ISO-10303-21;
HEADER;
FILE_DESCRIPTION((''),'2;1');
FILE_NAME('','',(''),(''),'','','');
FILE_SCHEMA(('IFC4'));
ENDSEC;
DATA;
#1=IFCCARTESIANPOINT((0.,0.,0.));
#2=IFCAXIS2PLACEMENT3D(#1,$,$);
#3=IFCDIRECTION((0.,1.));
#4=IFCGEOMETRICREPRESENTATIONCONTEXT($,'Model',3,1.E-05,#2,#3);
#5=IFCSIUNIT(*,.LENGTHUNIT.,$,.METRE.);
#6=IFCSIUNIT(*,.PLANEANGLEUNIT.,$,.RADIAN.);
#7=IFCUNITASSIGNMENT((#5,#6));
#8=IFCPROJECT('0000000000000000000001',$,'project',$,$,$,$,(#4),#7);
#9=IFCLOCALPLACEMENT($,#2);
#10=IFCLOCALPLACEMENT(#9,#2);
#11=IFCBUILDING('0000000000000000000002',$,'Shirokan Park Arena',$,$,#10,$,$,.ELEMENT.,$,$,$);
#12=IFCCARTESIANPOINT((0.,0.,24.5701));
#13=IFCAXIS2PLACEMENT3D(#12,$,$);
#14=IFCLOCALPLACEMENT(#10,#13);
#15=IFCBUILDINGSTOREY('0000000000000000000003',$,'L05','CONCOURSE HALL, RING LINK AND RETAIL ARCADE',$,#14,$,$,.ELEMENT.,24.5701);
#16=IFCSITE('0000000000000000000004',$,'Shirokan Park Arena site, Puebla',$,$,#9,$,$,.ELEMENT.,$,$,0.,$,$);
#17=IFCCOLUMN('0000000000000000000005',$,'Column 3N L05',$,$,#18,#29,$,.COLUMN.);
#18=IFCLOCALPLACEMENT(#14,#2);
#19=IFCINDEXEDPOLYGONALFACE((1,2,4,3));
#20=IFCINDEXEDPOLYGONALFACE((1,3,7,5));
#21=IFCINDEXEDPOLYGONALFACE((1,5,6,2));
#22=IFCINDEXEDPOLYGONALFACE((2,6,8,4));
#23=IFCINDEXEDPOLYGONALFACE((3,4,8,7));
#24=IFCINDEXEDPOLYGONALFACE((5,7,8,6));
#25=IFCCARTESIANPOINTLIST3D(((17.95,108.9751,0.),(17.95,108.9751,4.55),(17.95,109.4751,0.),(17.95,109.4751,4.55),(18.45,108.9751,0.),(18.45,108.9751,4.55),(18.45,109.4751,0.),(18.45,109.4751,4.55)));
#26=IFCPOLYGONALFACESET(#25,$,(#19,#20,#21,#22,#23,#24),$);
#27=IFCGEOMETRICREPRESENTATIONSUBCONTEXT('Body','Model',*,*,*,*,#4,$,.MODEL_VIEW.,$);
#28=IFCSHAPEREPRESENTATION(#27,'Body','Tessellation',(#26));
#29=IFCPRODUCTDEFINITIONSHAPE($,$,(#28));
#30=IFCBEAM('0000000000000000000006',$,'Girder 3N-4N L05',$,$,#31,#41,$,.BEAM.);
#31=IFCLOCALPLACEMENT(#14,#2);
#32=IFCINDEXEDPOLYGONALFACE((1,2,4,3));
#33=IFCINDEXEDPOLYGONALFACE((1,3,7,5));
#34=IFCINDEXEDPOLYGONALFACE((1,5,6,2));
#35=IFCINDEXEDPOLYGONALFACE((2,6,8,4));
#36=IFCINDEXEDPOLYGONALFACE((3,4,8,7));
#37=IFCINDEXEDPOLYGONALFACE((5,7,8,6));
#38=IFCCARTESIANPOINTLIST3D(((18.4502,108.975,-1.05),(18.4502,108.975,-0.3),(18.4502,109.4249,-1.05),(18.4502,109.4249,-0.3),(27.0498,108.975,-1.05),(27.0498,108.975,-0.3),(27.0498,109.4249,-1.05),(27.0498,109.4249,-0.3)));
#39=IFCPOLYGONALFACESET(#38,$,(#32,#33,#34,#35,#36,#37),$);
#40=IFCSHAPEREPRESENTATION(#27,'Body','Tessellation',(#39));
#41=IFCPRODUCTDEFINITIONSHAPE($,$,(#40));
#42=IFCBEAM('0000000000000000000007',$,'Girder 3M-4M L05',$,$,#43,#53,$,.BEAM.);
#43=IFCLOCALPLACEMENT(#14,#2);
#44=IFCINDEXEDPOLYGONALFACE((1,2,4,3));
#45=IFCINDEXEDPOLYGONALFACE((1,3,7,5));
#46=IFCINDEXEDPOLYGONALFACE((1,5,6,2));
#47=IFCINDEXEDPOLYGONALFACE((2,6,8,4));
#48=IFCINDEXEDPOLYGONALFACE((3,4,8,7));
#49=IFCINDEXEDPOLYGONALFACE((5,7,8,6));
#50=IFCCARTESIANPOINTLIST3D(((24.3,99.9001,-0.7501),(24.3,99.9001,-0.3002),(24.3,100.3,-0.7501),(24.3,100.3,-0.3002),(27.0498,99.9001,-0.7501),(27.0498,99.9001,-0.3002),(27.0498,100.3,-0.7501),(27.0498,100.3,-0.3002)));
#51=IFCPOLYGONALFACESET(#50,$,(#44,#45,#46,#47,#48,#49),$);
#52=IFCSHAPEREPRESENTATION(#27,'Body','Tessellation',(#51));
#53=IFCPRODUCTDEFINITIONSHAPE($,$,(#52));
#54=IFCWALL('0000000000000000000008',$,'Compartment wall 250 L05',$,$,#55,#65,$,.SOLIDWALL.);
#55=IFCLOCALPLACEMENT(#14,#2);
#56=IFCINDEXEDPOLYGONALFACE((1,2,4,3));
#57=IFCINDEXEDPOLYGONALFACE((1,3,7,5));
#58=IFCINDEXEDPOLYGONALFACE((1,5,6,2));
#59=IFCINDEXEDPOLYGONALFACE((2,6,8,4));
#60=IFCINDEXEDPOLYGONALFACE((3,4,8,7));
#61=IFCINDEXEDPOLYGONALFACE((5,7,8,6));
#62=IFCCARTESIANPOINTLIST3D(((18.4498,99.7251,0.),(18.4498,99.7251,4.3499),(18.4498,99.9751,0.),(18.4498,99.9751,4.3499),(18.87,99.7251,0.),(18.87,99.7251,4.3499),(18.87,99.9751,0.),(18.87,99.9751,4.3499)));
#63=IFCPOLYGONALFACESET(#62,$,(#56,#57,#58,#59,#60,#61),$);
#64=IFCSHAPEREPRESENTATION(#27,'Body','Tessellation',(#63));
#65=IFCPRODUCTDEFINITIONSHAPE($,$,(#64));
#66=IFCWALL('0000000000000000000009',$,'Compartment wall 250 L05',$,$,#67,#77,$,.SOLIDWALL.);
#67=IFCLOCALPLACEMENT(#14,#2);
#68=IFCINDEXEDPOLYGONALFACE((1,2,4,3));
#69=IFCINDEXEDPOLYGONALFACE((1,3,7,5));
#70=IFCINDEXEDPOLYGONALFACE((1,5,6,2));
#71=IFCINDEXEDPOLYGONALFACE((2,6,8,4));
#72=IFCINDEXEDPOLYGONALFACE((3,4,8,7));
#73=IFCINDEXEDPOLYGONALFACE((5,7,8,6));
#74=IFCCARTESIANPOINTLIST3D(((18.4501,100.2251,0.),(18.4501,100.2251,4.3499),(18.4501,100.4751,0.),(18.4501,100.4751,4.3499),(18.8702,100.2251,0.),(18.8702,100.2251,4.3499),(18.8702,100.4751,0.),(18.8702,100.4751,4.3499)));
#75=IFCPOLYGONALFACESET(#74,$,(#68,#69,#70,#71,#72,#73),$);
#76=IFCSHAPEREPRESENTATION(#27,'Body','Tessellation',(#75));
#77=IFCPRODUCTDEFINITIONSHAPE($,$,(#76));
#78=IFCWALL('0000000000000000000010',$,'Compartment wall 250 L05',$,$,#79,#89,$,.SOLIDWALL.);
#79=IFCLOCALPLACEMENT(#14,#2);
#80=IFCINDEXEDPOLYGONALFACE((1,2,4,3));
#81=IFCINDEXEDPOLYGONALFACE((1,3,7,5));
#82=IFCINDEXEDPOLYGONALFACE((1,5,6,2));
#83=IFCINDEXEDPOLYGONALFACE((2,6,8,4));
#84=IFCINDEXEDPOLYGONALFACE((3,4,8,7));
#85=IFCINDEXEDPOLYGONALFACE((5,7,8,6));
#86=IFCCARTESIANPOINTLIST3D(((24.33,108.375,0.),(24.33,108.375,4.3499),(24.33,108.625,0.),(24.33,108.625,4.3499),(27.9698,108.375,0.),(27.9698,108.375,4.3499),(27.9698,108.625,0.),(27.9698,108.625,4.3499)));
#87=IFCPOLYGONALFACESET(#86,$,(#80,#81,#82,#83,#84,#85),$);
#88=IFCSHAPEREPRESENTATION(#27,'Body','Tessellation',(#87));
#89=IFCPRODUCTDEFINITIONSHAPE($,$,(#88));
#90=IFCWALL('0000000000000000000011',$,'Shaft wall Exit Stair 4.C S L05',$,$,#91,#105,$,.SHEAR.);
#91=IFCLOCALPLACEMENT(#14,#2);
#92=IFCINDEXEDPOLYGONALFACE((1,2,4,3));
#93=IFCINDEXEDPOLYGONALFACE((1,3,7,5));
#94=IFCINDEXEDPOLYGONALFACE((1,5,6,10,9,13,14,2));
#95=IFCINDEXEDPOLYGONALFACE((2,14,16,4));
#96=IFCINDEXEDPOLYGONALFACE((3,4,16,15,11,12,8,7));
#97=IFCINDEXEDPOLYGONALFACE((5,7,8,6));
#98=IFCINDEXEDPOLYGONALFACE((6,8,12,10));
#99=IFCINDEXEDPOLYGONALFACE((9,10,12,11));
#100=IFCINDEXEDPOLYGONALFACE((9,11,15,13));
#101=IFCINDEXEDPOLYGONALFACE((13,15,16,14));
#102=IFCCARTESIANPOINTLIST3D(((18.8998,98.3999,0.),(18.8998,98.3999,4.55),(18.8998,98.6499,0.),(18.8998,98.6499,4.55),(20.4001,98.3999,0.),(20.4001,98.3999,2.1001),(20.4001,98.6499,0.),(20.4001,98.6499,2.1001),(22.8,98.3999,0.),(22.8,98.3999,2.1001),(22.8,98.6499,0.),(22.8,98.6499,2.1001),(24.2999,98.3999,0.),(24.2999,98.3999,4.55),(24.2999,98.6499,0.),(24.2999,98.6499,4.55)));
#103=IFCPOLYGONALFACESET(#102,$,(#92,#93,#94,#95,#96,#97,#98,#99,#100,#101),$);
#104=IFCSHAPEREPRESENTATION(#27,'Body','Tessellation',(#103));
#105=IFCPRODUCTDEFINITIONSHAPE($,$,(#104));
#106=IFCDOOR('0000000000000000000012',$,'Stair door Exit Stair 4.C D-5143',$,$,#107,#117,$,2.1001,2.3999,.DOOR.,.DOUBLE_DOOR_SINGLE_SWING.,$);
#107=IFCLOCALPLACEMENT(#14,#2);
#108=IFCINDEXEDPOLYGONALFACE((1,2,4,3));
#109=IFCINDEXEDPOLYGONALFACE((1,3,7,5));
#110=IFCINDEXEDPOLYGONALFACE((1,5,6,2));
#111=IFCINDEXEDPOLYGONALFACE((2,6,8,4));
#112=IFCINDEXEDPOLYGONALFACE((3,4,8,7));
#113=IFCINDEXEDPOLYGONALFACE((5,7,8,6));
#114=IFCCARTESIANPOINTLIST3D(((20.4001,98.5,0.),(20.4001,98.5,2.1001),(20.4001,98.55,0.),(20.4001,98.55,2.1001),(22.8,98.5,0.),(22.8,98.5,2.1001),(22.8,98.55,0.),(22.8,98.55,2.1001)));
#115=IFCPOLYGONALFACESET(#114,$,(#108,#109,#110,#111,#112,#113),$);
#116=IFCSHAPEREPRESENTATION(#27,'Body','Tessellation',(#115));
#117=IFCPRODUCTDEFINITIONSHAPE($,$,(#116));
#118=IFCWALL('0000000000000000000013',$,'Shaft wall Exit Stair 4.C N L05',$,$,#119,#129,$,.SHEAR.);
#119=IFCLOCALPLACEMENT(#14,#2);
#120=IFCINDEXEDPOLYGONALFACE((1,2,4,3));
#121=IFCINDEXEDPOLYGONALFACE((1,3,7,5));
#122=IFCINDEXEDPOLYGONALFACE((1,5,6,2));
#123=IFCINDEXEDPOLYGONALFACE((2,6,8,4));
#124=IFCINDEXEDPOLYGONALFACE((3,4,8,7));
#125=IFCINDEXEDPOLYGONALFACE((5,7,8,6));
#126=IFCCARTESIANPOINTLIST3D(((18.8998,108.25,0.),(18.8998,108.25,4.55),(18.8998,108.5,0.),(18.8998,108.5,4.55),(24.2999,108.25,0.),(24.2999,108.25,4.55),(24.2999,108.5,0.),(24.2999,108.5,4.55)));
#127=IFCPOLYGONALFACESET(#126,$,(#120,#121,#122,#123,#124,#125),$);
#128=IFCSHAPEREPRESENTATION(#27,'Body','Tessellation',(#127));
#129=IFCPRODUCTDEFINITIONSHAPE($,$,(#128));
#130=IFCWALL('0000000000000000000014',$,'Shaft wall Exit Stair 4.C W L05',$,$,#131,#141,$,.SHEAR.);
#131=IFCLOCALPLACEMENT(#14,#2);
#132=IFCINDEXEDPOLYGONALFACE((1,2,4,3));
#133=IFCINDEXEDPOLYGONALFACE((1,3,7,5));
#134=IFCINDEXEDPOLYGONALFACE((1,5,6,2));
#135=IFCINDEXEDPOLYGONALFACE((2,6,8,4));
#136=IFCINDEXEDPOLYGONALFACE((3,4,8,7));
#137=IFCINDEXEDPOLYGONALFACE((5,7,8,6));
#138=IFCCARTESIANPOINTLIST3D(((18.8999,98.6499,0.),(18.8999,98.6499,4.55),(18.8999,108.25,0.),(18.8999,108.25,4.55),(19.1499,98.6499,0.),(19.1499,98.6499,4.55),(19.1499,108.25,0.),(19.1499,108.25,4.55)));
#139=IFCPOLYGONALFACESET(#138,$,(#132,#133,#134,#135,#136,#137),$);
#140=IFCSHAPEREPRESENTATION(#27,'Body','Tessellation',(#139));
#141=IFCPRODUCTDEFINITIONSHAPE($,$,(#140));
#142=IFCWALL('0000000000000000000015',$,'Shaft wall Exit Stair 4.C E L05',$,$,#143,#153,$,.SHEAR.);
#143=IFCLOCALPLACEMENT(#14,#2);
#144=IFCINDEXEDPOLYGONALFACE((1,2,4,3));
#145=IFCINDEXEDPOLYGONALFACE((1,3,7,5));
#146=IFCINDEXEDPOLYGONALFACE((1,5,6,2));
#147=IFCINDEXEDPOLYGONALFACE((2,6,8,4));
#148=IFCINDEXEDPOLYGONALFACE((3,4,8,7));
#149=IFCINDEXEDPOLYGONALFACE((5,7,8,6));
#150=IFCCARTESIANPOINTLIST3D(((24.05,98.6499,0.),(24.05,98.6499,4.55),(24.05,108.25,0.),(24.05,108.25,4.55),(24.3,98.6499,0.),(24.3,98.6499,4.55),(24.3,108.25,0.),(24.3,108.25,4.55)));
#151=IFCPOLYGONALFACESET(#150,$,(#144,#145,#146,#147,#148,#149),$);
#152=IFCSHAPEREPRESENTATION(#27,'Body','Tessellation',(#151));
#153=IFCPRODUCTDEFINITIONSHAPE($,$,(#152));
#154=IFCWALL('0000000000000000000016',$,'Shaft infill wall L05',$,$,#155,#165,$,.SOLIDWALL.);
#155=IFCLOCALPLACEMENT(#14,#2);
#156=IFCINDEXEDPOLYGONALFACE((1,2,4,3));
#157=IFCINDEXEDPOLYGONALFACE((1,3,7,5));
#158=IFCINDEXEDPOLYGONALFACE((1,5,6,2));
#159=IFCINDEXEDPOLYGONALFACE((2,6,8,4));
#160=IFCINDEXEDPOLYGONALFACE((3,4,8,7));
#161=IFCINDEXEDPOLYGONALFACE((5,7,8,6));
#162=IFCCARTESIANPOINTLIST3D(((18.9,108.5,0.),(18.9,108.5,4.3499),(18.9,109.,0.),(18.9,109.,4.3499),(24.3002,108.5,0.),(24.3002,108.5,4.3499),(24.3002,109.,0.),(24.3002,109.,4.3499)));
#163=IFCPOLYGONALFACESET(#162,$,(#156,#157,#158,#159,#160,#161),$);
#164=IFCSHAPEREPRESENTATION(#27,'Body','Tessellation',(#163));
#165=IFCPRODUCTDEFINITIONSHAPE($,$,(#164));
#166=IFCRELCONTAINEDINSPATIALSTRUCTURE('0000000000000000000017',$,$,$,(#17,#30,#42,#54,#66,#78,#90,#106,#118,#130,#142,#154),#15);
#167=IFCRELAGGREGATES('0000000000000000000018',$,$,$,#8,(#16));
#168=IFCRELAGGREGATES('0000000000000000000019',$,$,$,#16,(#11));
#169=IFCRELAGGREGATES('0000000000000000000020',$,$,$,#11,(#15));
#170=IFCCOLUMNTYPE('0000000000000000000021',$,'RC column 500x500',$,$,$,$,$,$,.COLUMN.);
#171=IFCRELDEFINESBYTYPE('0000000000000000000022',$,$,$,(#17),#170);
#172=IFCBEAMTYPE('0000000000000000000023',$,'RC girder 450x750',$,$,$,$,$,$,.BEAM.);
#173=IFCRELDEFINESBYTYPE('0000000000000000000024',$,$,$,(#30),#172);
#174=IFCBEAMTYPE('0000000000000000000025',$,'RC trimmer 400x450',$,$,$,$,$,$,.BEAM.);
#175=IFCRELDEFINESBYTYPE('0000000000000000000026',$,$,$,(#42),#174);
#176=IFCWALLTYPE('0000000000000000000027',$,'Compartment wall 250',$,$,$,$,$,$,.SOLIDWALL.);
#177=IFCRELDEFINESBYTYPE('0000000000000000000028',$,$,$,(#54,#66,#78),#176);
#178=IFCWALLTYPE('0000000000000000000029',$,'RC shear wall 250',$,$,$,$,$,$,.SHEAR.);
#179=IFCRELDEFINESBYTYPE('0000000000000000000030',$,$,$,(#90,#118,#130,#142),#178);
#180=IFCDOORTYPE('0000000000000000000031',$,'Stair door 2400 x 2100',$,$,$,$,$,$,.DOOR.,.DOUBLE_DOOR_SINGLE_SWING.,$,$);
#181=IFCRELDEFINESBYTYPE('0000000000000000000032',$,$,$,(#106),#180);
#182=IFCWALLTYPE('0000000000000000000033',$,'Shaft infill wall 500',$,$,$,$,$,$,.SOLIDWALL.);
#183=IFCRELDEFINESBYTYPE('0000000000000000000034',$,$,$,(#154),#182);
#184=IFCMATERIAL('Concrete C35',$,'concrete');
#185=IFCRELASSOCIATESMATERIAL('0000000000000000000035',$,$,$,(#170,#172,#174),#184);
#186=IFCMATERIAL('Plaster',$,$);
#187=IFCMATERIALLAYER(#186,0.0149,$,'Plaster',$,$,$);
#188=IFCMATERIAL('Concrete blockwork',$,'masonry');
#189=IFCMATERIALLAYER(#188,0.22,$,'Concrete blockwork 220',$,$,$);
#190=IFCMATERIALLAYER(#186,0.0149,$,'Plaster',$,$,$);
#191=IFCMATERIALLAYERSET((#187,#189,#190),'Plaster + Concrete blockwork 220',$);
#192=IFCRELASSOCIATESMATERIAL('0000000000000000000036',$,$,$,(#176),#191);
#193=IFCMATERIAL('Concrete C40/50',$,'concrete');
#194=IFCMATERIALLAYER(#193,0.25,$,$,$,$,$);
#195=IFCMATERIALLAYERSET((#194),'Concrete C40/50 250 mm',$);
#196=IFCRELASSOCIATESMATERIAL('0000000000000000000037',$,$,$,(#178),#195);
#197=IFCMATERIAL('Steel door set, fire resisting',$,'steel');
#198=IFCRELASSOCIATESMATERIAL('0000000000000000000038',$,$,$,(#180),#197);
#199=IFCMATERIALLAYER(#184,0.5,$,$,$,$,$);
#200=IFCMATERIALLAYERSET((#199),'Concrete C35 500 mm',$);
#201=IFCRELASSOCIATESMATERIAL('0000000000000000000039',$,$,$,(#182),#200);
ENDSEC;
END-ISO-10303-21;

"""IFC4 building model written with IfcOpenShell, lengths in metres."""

from ifc_helpers import new_model, si_unit, direction, frame, frame_2d, origin, origin_2d, place, context, subcontext, project, spatial, rectangle, extrude, material, layer, layer_set, material_profile, profile_set, type_object, element, fill, save


model = new_model("IFC4")

# Units and contexts
model_context = context("Model", 3, precision=1e-05, world=origin(), true_north=direction((0.0, 1.0)))
body_context = subcontext(model_context, "Body", "Model", "MODEL_VIEW")
ifc_project = project(units=[si_unit("LENGTHUNIT", "METRE"), si_unit("PLANEANGLEUNIT", "RADIAN")], contexts=[model_context])

# Site, building, storey
site_placement = place(None, origin())
site = spatial("IfcSite", under=ifc_project, at=site_placement, Name="Shirokan Park Arena site, Puebla", CompositionType="ELEMENT", RefElevation=0.0)
building_placement = place(site_placement, origin())
building = spatial("IfcBuilding", under=site, at=building_placement, Name="Shirokan Park Arena", CompositionType="ELEMENT")
storey_placement = place(building_placement, frame((0.0, 0.0, 24.5701)))
storey = spatial("IfcBuildingStorey", under=building, at=storey_placement, Name="L05", Description="CONCOURSE HALL, RING LINK AND RETAIL ARCADE", CompositionType="ELEMENT", Elevation=24.5701)

# Column
ifc_material_1 = material(Name="Concrete C35", Category="concrete")
ifc_material_profile_1 = material_profile(ifc_material_1, rectangle(XDim=0.5, YDim=0.5, at=origin_2d()), Name="500x500")
ifc_profile_set_1 = profile_set([ifc_material_profile_1], Name="Concrete C35")
column_type = type_object("IfcColumnType", Name="RC column 500x500", PredefinedType="COLUMN", material=ifc_profile_set_1)
column_placement = place(storey_placement, frame((18.2, 109.2251, 0.0), z_axis=(0.0, 0.0, 1.0), x_axis=(1.0, 0.0, 0.0)))
element("IfcColumn", 1, at=column_placement, inside=storey, type_object=column_type, Name="Column 3N L05", PredefinedType="COLUMN", context=body_context, shape_type="SweptSolid", body=[
    extrude(rectangle(XDim=0.5, YDim=0.5, at=origin_2d()), origin(), (0.0, 0.0, 1.0), 4.55),
])

# Beams
ifc_material_profile_2 = material_profile(ifc_material_1, rectangle(XDim=0.45, YDim=0.75, at=origin_2d()), Name="450x750")
ifc_profile_set_2 = profile_set([ifc_material_profile_2], Name="Concrete C35")
beam_type_1 = type_object("IfcBeamType", Name="RC girder 450x750", PredefinedType="BEAM", material=ifc_profile_set_2)
beam_1_placement = place(storey_placement, frame((18.4502, 109.2, -0.675), z_axis=(1.0, 0.0, 0.0), x_axis=(0.0, 1.0, 0.0)))
element("IfcBeam", 2, at=beam_1_placement, inside=storey, type_object=beam_type_1, Name="Girder 3N-4N L05", PredefinedType="BEAM", context=body_context, shape_type="SweptSolid", body=[
    extrude(rectangle(XDim=0.45, YDim=0.75, at=origin_2d()), origin(), (0.0, 0.0, 1.0), 8.5996),
])
ifc_material_profile_3 = material_profile(ifc_material_1, rectangle(XDim=0.3999, YDim=0.45, at=origin_2d()), Name="400x450")
ifc_profile_set_3 = profile_set([ifc_material_profile_3], Name="Concrete C35")
beam_type_2 = type_object("IfcBeamType", Name="RC trimmer 400x450", PredefinedType="BEAM", material=ifc_profile_set_3)
beam_2_placement = place(storey_placement, frame((24.3, 100.1001, -0.5251), z_axis=(1.0, 0.0, 0.0), x_axis=(0.0, 1.0, 0.0)))
element("IfcBeam", 3, at=beam_2_placement, inside=storey, type_object=beam_type_2, Name="Girder 3M-4M L05", PredefinedType="BEAM", context=body_context, shape_type="SweptSolid", body=[
    extrude(rectangle(XDim=0.3999, YDim=0.45, at=origin_2d()), origin(), (0.0, 0.0, 1.0), 2.7498),
])

# Walls
ifc_material_2 = material(Name="Plaster")
ifc_layer_1 = layer(ifc_material_2, 0.0149, Name="Plaster")
ifc_material_3 = material(Name="Concrete blockwork", Category="masonry")
ifc_layer_2 = layer(ifc_material_3, 0.22, Name="Concrete blockwork 220")
ifc_layer_3 = layer(ifc_material_2, 0.0149, Name="Plaster")
ifc_layer_set_1 = layer_set([ifc_layer_1, ifc_layer_2, ifc_layer_3], Name="Plaster + Concrete blockwork 220")
wall_type_1 = type_object("IfcWallType", Name="Compartment wall 250", PredefinedType="SOLIDWALL", material=ifc_layer_set_1)
for number, where, z_axis, x_axis, name in (
    (4, (18.45, 99.8501, 0.0), (0.0, 0.0, 1.0), (1.0, 0.0, 0.0), "Compartment wall 250 L05"),
    (5, (18.8701, 100.3501, 0.0), (0.0, 0.0, 1.0), (-1.0, 0.0, 0.0), "Compartment wall 250 L05"),
):
    element("IfcWall", number, at=place(storey_placement, frame(where, z_axis=z_axis, x_axis=x_axis)), inside=storey, type_object=wall_type_1, Name=name, PredefinedType="SOLIDWALL", context=body_context, shape_type="SweptSolid", body=[
        extrude(rectangle(XDim=0.4202, YDim=0.25, at=frame_2d((0.21, 0.0))), origin(), (0.0, 0.0, 1.0), 4.3499),
    ])
wall_1_placement = place(storey_placement, frame((24.3301, 108.5, 0.0), z_axis=(0.0, 0.0, 1.0), x_axis=(1.0, 0.0, 0.0)))
element("IfcWall", 6, at=wall_1_placement, inside=storey, type_object=wall_type_1, Name="Compartment wall 250 L05", PredefinedType="SOLIDWALL", context=body_context, shape_type="SweptSolid", body=[
    extrude(rectangle(XDim=3.6399, YDim=0.25, at=frame_2d((1.8198, 0.0))), origin(), (0.0, 0.0, 1.0), 4.3499),
])

# Wall, opening, door
ifc_material_4 = material(Name="Concrete C40/50", Category="concrete")
ifc_layer_4 = layer(ifc_material_4, 0.25)
ifc_layer_set_2 = layer_set([ifc_layer_4], Name="Concrete C40/50 250 mm")
wall_type_2 = type_object("IfcWallType", Name="RC shear wall 250", PredefinedType="SHEAR", material=ifc_layer_set_2)
wall_2_placement = place(storey_placement, frame((24.3, 98.5249, 0.0), z_axis=(0.0, 0.0, 1.0), x_axis=(-1.0, 0.0, 0.0)))
wall_2 = element("IfcWall", 7, at=wall_2_placement, inside=storey, type_object=wall_type_2, Name="Shaft wall Exit Stair 4.C S L05", PredefinedType="SHEAR", context=body_context, shape_type="SweptSolid", body=[
    extrude(rectangle(XDim=5.4001, YDim=0.25, at=frame_2d((2.7002, 0.0))), origin(), (0.0, 0.0, 1.0), 4.55),
])
opening_placement = place(wall_2_placement, frame((1.5, 0.0, 0.0)))
opening = element("IfcOpeningElement", 8, at=opening_placement, cuts=wall_2, PredefinedType="OPENING", context=body_context, shape_type="SweptSolid", body=[
    extrude(rectangle(XDim=2.3999, YDim=2.1001, at=frame_2d((1.2, 1.05))), frame((0.0, 0.135, 0.0), z_axis=(0.0, -1.0, 0.0), x_axis=(1.0, 0.0, 0.0)), (0.0, 0.0, 1.0), 0.27),
])
ifc_material_5 = material(Name="Steel door set, fire resisting", Category="steel")
door_type = type_object("IfcDoorType", Name="Stair door 2400 x 2100", OperationType="DOUBLE_DOOR_SINGLE_SWING", PredefinedType="DOOR", material=ifc_material_5)
door_placement = place(opening_placement, origin())
door = element("IfcDoor", 9, at=door_placement, inside=storey, type_object=door_type, Name="Stair door Exit Stair 4.C D-5143", OperationType="DOUBLE_DOOR_SINGLE_SWING", OverallHeight=2.1001, OverallWidth=2.3999, PredefinedType="DOOR", context=body_context, shape_type="SweptSolid", body=[
    extrude(rectangle(XDim=2.3999, YDim=2.1001, at=frame_2d((1.2, 1.05))), frame((0.0, 0.0249, 0.0), z_axis=(0.0, -1.0, 0.0), x_axis=(1.0, 0.0, 0.0)), (0.0, 0.0, 1.0), 0.05),
])
fill(opening, door)

# Walls
wall_3_placement = place(storey_placement, frame((24.3, 108.375, 0.0), z_axis=(0.0, 0.0, 1.0), x_axis=(-1.0, 0.0, 0.0)))
element("IfcWall", 10, at=wall_3_placement, inside=storey, type_object=wall_type_2, Name="Shaft wall Exit Stair 4.C N L05", PredefinedType="SHEAR", context=body_context, shape_type="SweptSolid", body=[
    extrude(rectangle(XDim=5.4001, YDim=0.25, at=frame_2d((2.7002, 0.0))), origin(), (0.0, 0.0, 1.0), 4.55),
])
for number, where, z_axis, x_axis, name in (
    (11, (19.0249, 108.25, 0.0), (0.0, 0.0, 1.0), (0.0, -1.0, 0.0), "Shaft wall Exit Stair 4.C W L05"),
    (12, (24.175, 108.25, 0.0), (0.0, 0.0, 1.0), (0.0, -1.0, 0.0), "Shaft wall Exit Stair 4.C E L05"),
):
    element("IfcWall", number, at=place(storey_placement, frame(where, z_axis=z_axis, x_axis=x_axis)), inside=storey, type_object=wall_type_2, Name=name, PredefinedType="SHEAR", context=body_context, shape_type="SweptSolid", body=[
        extrude(rectangle(XDim=9.6001, YDim=0.25, at=frame_2d((4.8, 0.0))), origin(), (0.0, 0.0, 1.0), 4.55),
    ])
ifc_layer_5 = layer(ifc_material_1, 0.5)
ifc_layer_set_3 = layer_set([ifc_layer_5], Name="Concrete C35 500 mm")
wall_type_3 = type_object("IfcWallType", Name="Shaft infill wall 500", PredefinedType="SOLIDWALL", material=ifc_layer_set_3)
wall_4_placement = place(storey_placement, frame((18.8999, 108.75, 0.0), z_axis=(0.0, 0.0, 1.0), x_axis=(1.0, 0.0, 0.0)))
element("IfcWall", 13, at=wall_4_placement, inside=storey, type_object=wall_type_3, Name="Shaft infill wall L05", PredefinedType="SOLIDWALL", context=body_context, shape_type="SweptSolid", body=[
    extrude(rectangle(XDim=5.4001, YDim=0.5, at=frame_2d((2.7002, 0.0))), origin(), (0.0, 0.0, 1.0), 4.3499),
])

save(model, "model.ifc")
